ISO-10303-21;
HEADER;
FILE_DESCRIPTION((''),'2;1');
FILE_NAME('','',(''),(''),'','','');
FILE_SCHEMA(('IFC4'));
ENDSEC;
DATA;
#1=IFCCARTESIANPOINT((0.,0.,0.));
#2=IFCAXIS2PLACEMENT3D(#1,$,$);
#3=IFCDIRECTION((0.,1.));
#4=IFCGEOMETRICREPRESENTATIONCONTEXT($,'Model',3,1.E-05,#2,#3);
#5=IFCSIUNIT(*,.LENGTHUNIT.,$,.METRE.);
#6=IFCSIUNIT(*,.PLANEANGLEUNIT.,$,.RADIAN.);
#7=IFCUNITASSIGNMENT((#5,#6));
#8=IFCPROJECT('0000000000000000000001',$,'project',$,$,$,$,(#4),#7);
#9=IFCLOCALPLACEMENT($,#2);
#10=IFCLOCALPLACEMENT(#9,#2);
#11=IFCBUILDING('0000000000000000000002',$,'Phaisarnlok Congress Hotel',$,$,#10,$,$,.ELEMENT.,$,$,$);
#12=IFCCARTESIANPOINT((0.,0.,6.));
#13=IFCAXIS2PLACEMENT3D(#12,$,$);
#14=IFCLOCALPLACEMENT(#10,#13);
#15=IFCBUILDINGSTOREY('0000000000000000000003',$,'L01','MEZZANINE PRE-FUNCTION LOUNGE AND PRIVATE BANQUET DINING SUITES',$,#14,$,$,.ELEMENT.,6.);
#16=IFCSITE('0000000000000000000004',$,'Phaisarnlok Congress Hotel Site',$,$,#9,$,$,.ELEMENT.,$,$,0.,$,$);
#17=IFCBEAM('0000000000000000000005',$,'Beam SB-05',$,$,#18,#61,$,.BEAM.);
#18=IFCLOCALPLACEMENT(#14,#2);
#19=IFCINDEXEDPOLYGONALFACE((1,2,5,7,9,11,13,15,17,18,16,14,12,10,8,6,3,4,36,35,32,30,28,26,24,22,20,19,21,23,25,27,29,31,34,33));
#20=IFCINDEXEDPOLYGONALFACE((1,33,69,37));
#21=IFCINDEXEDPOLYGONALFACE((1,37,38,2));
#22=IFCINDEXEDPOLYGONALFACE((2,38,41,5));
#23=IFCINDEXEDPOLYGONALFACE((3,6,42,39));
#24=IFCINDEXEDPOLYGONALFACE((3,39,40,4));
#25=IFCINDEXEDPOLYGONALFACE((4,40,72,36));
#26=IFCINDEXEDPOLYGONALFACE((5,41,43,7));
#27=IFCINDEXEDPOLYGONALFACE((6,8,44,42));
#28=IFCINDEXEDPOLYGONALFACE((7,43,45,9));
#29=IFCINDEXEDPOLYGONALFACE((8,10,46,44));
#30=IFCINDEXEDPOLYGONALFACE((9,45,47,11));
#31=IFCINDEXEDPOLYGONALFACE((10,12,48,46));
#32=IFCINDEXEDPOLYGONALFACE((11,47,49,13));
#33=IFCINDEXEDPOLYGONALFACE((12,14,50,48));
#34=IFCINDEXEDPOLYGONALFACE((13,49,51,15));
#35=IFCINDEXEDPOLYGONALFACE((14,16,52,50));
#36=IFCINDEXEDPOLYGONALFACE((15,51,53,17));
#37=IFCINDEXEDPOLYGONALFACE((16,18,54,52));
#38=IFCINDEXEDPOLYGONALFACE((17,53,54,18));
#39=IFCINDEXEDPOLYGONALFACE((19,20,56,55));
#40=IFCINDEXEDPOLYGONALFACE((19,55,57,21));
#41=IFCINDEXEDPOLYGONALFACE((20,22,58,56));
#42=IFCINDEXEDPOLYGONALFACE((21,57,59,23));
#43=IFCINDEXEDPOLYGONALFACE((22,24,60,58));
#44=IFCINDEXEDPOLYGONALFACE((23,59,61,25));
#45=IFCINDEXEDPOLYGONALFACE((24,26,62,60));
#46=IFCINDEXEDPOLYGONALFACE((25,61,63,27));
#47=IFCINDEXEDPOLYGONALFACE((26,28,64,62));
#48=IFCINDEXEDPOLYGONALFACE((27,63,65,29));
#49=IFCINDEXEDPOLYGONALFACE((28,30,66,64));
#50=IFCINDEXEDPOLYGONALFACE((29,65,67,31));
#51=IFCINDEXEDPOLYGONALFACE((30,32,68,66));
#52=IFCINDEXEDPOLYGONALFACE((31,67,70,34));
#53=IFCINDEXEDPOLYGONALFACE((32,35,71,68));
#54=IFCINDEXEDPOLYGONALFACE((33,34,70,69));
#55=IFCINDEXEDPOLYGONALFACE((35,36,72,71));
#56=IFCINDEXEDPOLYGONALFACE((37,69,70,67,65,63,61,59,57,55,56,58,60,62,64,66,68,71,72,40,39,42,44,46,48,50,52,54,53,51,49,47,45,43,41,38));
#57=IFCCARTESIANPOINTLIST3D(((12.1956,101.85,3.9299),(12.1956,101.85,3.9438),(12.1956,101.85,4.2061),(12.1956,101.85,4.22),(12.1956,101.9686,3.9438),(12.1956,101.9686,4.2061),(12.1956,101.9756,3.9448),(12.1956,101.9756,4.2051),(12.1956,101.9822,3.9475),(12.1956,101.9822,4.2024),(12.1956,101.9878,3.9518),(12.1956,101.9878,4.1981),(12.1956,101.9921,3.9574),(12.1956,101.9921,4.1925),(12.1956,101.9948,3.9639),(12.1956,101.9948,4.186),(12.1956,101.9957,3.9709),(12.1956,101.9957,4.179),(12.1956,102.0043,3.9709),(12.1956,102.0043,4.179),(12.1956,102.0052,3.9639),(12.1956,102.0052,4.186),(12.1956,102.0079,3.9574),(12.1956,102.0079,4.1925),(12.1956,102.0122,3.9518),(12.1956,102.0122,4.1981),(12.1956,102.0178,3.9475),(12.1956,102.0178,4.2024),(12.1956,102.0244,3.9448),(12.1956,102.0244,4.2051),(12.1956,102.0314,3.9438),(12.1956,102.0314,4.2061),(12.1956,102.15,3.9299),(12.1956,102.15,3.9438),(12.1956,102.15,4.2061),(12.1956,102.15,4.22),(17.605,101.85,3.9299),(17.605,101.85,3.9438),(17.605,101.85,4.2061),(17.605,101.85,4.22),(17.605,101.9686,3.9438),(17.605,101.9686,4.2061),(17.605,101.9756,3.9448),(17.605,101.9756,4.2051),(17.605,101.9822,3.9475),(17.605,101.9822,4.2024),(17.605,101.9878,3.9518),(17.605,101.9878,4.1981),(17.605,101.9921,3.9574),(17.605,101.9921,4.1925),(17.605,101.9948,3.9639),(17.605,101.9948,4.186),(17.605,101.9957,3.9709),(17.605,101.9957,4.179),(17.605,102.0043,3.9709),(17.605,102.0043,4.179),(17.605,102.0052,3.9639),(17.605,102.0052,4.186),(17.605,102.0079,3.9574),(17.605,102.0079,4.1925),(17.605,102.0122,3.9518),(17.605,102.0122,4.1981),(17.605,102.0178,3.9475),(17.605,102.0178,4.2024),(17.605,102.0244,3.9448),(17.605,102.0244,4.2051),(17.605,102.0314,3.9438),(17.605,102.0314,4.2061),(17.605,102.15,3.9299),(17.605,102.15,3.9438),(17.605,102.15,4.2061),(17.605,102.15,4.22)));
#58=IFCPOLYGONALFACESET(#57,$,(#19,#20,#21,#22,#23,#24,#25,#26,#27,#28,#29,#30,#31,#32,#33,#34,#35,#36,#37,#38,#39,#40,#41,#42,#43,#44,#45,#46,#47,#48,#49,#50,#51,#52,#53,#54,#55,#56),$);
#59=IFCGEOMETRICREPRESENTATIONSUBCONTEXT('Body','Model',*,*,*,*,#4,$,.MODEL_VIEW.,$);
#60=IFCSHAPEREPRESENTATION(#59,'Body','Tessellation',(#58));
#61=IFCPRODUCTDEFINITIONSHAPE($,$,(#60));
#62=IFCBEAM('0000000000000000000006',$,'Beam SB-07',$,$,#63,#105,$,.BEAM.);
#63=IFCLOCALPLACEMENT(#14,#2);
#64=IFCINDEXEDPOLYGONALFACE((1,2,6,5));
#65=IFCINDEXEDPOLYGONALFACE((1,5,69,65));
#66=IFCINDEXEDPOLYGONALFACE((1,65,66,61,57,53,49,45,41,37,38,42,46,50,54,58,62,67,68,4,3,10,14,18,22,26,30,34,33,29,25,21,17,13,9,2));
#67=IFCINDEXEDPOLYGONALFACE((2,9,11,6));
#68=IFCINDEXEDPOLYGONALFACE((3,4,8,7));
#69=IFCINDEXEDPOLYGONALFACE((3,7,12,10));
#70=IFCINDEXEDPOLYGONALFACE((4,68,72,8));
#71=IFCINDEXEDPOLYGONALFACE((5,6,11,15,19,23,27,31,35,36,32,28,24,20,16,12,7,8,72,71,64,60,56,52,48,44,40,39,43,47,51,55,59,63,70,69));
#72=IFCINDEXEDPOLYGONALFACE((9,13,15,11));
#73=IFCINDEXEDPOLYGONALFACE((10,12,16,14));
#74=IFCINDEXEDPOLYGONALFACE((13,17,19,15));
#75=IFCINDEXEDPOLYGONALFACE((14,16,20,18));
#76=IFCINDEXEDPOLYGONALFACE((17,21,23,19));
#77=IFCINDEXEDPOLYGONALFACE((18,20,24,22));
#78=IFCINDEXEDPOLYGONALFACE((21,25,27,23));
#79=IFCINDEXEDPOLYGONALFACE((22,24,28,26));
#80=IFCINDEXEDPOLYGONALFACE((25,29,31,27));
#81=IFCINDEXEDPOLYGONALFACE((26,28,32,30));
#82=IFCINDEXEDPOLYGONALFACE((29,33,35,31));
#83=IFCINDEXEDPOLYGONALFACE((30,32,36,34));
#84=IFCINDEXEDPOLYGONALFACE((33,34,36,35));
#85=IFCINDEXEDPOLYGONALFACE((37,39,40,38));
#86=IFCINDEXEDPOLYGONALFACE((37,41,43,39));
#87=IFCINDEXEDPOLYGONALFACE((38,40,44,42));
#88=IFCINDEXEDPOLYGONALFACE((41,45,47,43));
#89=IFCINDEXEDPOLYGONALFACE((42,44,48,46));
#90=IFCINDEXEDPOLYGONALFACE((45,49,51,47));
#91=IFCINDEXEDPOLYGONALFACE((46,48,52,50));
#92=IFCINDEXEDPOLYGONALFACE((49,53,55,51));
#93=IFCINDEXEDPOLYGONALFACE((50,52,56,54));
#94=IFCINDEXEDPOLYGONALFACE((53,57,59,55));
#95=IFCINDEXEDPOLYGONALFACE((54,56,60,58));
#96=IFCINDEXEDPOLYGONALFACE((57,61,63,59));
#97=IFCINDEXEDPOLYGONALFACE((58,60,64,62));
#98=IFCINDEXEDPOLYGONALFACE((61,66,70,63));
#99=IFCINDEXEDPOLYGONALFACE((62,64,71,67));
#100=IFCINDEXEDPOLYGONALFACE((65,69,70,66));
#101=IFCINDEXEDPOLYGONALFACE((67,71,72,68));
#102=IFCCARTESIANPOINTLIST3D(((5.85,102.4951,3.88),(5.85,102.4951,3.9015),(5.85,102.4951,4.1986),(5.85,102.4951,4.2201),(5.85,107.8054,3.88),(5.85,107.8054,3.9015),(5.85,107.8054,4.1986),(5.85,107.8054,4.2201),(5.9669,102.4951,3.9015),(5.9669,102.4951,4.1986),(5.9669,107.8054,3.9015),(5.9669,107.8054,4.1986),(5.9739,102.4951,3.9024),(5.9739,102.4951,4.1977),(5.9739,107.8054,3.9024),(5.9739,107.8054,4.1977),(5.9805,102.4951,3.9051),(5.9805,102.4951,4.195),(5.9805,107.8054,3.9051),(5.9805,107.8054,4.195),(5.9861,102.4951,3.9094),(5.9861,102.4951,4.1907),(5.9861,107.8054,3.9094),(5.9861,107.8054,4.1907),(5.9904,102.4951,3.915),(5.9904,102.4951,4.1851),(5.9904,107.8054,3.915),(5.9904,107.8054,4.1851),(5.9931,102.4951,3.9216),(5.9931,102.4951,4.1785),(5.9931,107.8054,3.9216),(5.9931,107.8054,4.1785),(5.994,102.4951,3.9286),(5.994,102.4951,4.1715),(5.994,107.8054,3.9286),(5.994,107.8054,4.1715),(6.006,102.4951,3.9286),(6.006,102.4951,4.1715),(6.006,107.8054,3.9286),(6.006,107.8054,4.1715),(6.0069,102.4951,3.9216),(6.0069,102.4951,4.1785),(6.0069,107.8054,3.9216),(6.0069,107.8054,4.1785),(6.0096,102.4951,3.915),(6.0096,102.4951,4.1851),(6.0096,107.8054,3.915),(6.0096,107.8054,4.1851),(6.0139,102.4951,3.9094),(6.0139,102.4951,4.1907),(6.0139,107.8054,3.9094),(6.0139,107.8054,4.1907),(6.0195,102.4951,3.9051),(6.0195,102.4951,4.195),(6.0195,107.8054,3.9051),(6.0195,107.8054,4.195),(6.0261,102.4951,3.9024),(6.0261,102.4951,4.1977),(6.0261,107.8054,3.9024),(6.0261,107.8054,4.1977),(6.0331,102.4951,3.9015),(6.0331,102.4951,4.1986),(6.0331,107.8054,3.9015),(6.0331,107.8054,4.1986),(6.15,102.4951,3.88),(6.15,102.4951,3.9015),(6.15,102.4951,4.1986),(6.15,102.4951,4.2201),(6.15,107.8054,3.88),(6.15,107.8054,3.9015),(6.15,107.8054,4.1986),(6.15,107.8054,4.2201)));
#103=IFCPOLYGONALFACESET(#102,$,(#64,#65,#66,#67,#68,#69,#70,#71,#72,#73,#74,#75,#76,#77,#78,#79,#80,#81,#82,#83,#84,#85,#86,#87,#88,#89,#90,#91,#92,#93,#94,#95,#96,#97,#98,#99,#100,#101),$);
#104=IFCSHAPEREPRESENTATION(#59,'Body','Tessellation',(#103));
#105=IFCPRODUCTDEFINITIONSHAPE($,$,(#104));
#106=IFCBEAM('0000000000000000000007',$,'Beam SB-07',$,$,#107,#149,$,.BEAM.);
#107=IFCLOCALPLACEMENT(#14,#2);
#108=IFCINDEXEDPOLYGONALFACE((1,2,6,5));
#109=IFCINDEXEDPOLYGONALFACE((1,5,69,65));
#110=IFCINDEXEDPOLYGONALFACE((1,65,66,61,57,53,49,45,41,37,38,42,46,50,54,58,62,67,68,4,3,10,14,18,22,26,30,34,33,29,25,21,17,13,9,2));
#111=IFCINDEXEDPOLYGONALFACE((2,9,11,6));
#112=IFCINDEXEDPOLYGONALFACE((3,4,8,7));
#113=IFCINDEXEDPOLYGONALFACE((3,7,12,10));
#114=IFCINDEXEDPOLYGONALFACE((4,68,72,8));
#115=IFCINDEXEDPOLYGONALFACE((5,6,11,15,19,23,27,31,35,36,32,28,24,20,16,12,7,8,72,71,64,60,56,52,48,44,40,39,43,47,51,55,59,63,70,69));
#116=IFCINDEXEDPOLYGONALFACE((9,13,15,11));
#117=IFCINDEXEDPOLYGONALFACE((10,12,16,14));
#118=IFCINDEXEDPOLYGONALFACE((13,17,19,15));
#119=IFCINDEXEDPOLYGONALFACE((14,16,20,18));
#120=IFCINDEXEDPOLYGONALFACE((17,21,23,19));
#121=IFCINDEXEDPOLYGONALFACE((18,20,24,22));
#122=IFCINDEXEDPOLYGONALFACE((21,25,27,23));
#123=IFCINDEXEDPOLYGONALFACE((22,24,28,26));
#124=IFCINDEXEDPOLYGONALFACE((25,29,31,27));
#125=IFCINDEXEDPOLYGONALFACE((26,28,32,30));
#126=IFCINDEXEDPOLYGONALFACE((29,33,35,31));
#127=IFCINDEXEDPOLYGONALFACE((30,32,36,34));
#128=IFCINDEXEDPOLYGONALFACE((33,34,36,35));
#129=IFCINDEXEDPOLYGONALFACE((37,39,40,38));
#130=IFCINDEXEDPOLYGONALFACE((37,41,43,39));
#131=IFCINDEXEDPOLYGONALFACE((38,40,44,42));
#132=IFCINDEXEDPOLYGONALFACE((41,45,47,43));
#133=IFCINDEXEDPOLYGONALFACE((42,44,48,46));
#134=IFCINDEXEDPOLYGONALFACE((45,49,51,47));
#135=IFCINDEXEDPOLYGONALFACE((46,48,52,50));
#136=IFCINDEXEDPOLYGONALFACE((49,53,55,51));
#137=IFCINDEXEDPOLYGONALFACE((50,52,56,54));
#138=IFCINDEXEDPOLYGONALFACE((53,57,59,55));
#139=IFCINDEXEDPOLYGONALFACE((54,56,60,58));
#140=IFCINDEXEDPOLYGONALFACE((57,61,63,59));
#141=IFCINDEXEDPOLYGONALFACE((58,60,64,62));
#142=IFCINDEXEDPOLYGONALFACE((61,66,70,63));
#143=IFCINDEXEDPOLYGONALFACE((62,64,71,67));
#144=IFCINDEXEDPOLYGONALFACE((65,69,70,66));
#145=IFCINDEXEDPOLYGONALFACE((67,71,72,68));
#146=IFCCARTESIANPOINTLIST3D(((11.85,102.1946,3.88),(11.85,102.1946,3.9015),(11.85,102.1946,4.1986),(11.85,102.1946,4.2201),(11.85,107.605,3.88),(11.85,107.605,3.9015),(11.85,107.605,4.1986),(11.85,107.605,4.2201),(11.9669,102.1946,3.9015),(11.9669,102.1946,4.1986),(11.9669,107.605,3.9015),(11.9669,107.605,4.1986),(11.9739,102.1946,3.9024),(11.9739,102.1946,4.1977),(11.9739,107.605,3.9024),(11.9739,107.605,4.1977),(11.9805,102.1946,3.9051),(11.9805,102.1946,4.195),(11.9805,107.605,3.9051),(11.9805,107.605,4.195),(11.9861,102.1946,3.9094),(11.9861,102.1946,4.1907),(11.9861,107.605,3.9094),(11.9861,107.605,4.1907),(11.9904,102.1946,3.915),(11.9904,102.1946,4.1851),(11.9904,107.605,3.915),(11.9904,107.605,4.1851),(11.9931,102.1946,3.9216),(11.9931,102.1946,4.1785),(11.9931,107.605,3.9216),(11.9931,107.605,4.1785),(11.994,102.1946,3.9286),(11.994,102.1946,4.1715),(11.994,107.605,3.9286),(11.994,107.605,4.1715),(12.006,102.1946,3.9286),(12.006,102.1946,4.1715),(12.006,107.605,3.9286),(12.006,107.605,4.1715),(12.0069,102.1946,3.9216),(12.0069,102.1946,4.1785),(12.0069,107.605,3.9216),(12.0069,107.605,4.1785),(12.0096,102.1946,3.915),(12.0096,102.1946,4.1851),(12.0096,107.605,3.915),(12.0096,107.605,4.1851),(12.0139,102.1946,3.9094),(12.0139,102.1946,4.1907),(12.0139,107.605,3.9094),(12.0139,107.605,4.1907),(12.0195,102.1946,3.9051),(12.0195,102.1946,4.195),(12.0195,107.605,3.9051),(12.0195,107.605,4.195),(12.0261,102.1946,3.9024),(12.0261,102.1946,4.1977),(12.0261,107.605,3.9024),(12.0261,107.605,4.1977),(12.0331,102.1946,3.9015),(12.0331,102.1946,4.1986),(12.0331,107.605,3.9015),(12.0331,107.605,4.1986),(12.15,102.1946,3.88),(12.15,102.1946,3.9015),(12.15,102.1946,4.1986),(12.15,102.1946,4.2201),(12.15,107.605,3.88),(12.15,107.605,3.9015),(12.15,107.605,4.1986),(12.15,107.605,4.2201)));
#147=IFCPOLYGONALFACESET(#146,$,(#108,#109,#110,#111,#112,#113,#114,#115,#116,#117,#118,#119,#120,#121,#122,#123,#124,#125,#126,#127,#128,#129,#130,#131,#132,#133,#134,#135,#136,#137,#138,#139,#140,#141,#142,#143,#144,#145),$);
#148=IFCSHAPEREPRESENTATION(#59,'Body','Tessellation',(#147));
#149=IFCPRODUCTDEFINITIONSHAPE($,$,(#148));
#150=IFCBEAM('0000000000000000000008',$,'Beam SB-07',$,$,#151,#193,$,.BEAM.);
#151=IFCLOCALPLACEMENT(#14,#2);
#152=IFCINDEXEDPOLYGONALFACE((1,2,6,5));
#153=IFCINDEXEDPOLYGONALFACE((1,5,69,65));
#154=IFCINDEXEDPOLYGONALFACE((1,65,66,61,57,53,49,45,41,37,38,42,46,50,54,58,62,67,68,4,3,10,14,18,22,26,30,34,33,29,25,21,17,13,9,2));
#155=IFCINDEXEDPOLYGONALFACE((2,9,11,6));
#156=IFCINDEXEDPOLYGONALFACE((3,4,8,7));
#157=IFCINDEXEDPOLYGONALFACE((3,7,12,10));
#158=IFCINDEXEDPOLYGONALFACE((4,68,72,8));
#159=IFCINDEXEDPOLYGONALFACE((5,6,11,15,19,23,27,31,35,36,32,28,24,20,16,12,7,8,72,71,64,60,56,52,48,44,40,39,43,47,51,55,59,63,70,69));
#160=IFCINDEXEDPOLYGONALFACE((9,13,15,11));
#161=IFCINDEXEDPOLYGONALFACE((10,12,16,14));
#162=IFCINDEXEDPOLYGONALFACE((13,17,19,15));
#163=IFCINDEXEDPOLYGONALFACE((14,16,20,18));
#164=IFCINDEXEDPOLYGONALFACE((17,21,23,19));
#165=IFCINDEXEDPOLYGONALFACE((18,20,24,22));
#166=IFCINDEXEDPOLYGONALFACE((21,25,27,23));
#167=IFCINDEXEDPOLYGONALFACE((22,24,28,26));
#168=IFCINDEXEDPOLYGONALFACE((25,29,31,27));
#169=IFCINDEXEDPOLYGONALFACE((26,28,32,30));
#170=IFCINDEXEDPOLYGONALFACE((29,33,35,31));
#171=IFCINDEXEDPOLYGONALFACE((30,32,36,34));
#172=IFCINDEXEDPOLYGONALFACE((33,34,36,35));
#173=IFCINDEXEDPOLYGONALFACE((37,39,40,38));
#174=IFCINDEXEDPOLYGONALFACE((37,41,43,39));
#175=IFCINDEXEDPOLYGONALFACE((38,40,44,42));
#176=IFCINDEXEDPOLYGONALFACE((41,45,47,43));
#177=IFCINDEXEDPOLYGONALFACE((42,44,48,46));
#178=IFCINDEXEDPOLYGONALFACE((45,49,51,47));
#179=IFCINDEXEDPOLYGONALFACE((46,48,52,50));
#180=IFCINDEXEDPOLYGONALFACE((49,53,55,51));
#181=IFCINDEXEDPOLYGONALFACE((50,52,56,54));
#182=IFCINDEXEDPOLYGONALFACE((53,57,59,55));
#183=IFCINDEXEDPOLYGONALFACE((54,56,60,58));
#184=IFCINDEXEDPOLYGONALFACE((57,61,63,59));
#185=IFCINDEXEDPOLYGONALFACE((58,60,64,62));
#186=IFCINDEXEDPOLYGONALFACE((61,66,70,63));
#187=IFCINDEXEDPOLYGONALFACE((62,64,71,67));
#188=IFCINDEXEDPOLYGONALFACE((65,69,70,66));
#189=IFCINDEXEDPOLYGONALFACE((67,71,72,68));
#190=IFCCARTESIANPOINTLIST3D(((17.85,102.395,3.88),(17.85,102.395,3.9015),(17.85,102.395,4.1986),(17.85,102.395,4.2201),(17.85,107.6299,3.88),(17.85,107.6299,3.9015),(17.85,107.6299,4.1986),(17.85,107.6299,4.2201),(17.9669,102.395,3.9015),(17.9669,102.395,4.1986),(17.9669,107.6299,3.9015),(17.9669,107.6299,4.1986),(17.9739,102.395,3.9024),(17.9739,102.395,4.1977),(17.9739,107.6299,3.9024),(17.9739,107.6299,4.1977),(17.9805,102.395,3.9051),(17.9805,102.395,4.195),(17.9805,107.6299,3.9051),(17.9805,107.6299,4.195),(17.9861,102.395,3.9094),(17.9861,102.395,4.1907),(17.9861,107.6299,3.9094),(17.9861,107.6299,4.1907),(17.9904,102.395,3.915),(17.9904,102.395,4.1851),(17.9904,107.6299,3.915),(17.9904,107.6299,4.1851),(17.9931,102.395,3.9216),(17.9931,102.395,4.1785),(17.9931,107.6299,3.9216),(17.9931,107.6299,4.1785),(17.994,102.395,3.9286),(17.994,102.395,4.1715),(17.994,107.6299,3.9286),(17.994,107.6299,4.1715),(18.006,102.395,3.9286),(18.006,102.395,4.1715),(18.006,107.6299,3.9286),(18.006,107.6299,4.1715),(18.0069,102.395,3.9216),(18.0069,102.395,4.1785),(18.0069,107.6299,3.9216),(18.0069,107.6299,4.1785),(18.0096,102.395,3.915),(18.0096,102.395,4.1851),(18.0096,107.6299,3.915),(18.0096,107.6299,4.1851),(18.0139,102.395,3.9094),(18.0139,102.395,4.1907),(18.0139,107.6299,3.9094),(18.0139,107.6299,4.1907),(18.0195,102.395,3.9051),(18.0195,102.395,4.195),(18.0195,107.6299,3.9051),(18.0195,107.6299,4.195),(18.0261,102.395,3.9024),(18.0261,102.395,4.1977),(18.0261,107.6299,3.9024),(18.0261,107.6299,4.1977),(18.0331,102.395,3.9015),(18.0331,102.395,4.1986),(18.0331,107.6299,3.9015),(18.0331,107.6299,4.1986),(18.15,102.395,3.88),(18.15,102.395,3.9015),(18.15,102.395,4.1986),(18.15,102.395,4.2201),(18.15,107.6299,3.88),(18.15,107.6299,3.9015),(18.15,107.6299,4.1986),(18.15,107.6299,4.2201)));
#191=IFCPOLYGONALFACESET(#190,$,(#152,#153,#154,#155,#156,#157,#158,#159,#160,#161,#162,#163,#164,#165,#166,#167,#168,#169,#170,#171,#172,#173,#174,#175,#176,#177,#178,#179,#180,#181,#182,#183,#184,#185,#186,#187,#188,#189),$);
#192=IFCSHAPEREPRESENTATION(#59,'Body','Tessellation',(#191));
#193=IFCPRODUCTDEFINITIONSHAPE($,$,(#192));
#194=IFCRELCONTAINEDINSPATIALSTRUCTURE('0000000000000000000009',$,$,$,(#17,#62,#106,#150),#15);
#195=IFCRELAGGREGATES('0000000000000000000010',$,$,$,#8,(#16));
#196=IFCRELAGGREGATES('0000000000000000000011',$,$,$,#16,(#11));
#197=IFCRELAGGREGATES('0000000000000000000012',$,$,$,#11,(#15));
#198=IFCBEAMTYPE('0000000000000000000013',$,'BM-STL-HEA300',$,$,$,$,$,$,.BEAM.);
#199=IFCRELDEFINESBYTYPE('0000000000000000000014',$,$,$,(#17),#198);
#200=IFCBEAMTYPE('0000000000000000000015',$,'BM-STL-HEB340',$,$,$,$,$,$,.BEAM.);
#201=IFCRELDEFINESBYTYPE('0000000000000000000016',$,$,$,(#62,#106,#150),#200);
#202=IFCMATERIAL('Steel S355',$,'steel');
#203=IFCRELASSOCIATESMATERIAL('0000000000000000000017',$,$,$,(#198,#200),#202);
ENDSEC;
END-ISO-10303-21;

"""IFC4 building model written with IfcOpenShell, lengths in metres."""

from ifc_helpers import new_model, si_unit, direction, frame, origin, origin_2d, place, context, subcontext, project, spatial, i_section, extrude, material, material_profile, profile_set, type_object, element, save


model = new_model("IFC4")

# Units and contexts
model_context = context("Model", 3, precision=1e-05, world=origin(), true_north=direction((0.0, 1.0)))
body_context = subcontext(model_context, "Body", "Model", "MODEL_VIEW")
ifc_project = project(units=[si_unit("LENGTHUNIT", "METRE"), si_unit("PLANEANGLEUNIT", "RADIAN")], contexts=[model_context])

# Site, building, storey
site_placement = place(None, origin())
site = spatial("IfcSite", under=ifc_project, at=site_placement, Name="Phaisarnlok Congress Hotel Site", CompositionType="ELEMENT", RefElevation=0.0)
building_placement = place(site_placement, origin())
building = spatial("IfcBuilding", under=site, at=building_placement, Name="Phaisarnlok Congress Hotel", CompositionType="ELEMENT")
storey_placement = place(building_placement, frame((0.0, 0.0, 6.0)))
storey = spatial("IfcBuildingStorey", under=building, at=storey_placement, Name="L01", Description="MEZZANINE PRE-FUNCTION LOUNGE AND PRIVATE BANQUET DINING SUITES", CompositionType="ELEMENT", Elevation=6.0)

# Shared definitions
ifc_material_1 = material(Name="Steel S355", Category="steel")

# Beams
ifc_material_profile_1 = material_profile(ifc_material_1, i_section(OverallWidth=0.3, OverallDepth=0.29, WebThickness=0.0085, FlangeThickness=0.0139, FilletRadius=0.0271, at=origin_2d()), Name="HEA 300")
ifc_profile_set_1 = profile_set([ifc_material_profile_1], Name="Steel S355")
beam_type_1 = type_object("IfcBeamType", Name="BM-STL-HEA300", PredefinedType="BEAM", material=ifc_profile_set_1)
beam_1_placement = place(storey_placement, frame((12.1956, 102.0, 4.075), z_axis=(1.0, 0.0, 0.0), x_axis=(0.0, 1.0, 0.0)))
element("IfcBeam", 1, at=beam_1_placement, inside=storey, type_object=beam_type_1, Name="Beam SB-05", PredefinedType="BEAM", context=body_context, shape_type="SweptSolid", body=[
    extrude(i_section(OverallWidth=0.3, OverallDepth=0.29, WebThickness=0.0085, FlangeThickness=0.0139, FilletRadius=0.0271, at=origin_2d()), origin(), (0.0, 0.0, 1.0), 5.4094),
])
ifc_material_profile_2 = material_profile(ifc_material_1, i_section(OverallWidth=0.3, OverallDepth=0.3401, WebThickness=0.012, FlangeThickness=0.0215, FilletRadius=0.0271, at=origin_2d()), Name="HEB 340")
ifc_profile_set_2 = profile_set([ifc_material_profile_2], Name="Steel S355")
beam_type_2 = type_object("IfcBeamType", Name="BM-STL-HEB340", PredefinedType="BEAM", material=ifc_profile_set_2)
beam_2_placement = place(storey_placement, frame((6.0, 102.4951, 4.05), z_axis=(0.0, 1.0, 0.0), x_axis=(-1.0, 0.0, 0.0)))
element("IfcBeam", 2, at=beam_2_placement, inside=storey, type_object=beam_type_2, Name="Beam SB-07", PredefinedType="BEAM", context=body_context, shape_type="SweptSolid", body=[
    extrude(i_section(OverallWidth=0.3, OverallDepth=0.3401, WebThickness=0.012, FlangeThickness=0.0215, FilletRadius=0.0271, at=origin_2d()), origin(), (0.0, 0.0, 1.0), 5.3103),
])
beam_3_placement = place(storey_placement, frame((12.0, 102.1946, 4.05), z_axis=(0.0, 1.0, 0.0), x_axis=(-1.0, 0.0, 0.0)))
element("IfcBeam", 3, at=beam_3_placement, inside=storey, type_object=beam_type_2, Name="Beam SB-07", PredefinedType="BEAM", context=body_context, shape_type="SweptSolid", body=[
    extrude(i_section(OverallWidth=0.3, OverallDepth=0.3401, WebThickness=0.012, FlangeThickness=0.0215, FilletRadius=0.0271, at=origin_2d()), origin(), (0.0, 0.0, 1.0), 5.4104),
])
beam_4_placement = place(storey_placement, frame((18.0, 102.395, 4.05), z_axis=(0.0, 1.0, 0.0), x_axis=(-1.0, 0.0, 0.0)))
element("IfcBeam", 4, at=beam_4_placement, inside=storey, type_object=beam_type_2, Name="Beam SB-07", PredefinedType="BEAM", context=body_context, shape_type="SweptSolid", body=[
    extrude(i_section(OverallWidth=0.3, OverallDepth=0.3401, WebThickness=0.012, FlangeThickness=0.0215, FilletRadius=0.0271, at=origin_2d()), origin(), (0.0, 0.0, 1.0), 5.2349),
])

save(model, "model.ifc")
